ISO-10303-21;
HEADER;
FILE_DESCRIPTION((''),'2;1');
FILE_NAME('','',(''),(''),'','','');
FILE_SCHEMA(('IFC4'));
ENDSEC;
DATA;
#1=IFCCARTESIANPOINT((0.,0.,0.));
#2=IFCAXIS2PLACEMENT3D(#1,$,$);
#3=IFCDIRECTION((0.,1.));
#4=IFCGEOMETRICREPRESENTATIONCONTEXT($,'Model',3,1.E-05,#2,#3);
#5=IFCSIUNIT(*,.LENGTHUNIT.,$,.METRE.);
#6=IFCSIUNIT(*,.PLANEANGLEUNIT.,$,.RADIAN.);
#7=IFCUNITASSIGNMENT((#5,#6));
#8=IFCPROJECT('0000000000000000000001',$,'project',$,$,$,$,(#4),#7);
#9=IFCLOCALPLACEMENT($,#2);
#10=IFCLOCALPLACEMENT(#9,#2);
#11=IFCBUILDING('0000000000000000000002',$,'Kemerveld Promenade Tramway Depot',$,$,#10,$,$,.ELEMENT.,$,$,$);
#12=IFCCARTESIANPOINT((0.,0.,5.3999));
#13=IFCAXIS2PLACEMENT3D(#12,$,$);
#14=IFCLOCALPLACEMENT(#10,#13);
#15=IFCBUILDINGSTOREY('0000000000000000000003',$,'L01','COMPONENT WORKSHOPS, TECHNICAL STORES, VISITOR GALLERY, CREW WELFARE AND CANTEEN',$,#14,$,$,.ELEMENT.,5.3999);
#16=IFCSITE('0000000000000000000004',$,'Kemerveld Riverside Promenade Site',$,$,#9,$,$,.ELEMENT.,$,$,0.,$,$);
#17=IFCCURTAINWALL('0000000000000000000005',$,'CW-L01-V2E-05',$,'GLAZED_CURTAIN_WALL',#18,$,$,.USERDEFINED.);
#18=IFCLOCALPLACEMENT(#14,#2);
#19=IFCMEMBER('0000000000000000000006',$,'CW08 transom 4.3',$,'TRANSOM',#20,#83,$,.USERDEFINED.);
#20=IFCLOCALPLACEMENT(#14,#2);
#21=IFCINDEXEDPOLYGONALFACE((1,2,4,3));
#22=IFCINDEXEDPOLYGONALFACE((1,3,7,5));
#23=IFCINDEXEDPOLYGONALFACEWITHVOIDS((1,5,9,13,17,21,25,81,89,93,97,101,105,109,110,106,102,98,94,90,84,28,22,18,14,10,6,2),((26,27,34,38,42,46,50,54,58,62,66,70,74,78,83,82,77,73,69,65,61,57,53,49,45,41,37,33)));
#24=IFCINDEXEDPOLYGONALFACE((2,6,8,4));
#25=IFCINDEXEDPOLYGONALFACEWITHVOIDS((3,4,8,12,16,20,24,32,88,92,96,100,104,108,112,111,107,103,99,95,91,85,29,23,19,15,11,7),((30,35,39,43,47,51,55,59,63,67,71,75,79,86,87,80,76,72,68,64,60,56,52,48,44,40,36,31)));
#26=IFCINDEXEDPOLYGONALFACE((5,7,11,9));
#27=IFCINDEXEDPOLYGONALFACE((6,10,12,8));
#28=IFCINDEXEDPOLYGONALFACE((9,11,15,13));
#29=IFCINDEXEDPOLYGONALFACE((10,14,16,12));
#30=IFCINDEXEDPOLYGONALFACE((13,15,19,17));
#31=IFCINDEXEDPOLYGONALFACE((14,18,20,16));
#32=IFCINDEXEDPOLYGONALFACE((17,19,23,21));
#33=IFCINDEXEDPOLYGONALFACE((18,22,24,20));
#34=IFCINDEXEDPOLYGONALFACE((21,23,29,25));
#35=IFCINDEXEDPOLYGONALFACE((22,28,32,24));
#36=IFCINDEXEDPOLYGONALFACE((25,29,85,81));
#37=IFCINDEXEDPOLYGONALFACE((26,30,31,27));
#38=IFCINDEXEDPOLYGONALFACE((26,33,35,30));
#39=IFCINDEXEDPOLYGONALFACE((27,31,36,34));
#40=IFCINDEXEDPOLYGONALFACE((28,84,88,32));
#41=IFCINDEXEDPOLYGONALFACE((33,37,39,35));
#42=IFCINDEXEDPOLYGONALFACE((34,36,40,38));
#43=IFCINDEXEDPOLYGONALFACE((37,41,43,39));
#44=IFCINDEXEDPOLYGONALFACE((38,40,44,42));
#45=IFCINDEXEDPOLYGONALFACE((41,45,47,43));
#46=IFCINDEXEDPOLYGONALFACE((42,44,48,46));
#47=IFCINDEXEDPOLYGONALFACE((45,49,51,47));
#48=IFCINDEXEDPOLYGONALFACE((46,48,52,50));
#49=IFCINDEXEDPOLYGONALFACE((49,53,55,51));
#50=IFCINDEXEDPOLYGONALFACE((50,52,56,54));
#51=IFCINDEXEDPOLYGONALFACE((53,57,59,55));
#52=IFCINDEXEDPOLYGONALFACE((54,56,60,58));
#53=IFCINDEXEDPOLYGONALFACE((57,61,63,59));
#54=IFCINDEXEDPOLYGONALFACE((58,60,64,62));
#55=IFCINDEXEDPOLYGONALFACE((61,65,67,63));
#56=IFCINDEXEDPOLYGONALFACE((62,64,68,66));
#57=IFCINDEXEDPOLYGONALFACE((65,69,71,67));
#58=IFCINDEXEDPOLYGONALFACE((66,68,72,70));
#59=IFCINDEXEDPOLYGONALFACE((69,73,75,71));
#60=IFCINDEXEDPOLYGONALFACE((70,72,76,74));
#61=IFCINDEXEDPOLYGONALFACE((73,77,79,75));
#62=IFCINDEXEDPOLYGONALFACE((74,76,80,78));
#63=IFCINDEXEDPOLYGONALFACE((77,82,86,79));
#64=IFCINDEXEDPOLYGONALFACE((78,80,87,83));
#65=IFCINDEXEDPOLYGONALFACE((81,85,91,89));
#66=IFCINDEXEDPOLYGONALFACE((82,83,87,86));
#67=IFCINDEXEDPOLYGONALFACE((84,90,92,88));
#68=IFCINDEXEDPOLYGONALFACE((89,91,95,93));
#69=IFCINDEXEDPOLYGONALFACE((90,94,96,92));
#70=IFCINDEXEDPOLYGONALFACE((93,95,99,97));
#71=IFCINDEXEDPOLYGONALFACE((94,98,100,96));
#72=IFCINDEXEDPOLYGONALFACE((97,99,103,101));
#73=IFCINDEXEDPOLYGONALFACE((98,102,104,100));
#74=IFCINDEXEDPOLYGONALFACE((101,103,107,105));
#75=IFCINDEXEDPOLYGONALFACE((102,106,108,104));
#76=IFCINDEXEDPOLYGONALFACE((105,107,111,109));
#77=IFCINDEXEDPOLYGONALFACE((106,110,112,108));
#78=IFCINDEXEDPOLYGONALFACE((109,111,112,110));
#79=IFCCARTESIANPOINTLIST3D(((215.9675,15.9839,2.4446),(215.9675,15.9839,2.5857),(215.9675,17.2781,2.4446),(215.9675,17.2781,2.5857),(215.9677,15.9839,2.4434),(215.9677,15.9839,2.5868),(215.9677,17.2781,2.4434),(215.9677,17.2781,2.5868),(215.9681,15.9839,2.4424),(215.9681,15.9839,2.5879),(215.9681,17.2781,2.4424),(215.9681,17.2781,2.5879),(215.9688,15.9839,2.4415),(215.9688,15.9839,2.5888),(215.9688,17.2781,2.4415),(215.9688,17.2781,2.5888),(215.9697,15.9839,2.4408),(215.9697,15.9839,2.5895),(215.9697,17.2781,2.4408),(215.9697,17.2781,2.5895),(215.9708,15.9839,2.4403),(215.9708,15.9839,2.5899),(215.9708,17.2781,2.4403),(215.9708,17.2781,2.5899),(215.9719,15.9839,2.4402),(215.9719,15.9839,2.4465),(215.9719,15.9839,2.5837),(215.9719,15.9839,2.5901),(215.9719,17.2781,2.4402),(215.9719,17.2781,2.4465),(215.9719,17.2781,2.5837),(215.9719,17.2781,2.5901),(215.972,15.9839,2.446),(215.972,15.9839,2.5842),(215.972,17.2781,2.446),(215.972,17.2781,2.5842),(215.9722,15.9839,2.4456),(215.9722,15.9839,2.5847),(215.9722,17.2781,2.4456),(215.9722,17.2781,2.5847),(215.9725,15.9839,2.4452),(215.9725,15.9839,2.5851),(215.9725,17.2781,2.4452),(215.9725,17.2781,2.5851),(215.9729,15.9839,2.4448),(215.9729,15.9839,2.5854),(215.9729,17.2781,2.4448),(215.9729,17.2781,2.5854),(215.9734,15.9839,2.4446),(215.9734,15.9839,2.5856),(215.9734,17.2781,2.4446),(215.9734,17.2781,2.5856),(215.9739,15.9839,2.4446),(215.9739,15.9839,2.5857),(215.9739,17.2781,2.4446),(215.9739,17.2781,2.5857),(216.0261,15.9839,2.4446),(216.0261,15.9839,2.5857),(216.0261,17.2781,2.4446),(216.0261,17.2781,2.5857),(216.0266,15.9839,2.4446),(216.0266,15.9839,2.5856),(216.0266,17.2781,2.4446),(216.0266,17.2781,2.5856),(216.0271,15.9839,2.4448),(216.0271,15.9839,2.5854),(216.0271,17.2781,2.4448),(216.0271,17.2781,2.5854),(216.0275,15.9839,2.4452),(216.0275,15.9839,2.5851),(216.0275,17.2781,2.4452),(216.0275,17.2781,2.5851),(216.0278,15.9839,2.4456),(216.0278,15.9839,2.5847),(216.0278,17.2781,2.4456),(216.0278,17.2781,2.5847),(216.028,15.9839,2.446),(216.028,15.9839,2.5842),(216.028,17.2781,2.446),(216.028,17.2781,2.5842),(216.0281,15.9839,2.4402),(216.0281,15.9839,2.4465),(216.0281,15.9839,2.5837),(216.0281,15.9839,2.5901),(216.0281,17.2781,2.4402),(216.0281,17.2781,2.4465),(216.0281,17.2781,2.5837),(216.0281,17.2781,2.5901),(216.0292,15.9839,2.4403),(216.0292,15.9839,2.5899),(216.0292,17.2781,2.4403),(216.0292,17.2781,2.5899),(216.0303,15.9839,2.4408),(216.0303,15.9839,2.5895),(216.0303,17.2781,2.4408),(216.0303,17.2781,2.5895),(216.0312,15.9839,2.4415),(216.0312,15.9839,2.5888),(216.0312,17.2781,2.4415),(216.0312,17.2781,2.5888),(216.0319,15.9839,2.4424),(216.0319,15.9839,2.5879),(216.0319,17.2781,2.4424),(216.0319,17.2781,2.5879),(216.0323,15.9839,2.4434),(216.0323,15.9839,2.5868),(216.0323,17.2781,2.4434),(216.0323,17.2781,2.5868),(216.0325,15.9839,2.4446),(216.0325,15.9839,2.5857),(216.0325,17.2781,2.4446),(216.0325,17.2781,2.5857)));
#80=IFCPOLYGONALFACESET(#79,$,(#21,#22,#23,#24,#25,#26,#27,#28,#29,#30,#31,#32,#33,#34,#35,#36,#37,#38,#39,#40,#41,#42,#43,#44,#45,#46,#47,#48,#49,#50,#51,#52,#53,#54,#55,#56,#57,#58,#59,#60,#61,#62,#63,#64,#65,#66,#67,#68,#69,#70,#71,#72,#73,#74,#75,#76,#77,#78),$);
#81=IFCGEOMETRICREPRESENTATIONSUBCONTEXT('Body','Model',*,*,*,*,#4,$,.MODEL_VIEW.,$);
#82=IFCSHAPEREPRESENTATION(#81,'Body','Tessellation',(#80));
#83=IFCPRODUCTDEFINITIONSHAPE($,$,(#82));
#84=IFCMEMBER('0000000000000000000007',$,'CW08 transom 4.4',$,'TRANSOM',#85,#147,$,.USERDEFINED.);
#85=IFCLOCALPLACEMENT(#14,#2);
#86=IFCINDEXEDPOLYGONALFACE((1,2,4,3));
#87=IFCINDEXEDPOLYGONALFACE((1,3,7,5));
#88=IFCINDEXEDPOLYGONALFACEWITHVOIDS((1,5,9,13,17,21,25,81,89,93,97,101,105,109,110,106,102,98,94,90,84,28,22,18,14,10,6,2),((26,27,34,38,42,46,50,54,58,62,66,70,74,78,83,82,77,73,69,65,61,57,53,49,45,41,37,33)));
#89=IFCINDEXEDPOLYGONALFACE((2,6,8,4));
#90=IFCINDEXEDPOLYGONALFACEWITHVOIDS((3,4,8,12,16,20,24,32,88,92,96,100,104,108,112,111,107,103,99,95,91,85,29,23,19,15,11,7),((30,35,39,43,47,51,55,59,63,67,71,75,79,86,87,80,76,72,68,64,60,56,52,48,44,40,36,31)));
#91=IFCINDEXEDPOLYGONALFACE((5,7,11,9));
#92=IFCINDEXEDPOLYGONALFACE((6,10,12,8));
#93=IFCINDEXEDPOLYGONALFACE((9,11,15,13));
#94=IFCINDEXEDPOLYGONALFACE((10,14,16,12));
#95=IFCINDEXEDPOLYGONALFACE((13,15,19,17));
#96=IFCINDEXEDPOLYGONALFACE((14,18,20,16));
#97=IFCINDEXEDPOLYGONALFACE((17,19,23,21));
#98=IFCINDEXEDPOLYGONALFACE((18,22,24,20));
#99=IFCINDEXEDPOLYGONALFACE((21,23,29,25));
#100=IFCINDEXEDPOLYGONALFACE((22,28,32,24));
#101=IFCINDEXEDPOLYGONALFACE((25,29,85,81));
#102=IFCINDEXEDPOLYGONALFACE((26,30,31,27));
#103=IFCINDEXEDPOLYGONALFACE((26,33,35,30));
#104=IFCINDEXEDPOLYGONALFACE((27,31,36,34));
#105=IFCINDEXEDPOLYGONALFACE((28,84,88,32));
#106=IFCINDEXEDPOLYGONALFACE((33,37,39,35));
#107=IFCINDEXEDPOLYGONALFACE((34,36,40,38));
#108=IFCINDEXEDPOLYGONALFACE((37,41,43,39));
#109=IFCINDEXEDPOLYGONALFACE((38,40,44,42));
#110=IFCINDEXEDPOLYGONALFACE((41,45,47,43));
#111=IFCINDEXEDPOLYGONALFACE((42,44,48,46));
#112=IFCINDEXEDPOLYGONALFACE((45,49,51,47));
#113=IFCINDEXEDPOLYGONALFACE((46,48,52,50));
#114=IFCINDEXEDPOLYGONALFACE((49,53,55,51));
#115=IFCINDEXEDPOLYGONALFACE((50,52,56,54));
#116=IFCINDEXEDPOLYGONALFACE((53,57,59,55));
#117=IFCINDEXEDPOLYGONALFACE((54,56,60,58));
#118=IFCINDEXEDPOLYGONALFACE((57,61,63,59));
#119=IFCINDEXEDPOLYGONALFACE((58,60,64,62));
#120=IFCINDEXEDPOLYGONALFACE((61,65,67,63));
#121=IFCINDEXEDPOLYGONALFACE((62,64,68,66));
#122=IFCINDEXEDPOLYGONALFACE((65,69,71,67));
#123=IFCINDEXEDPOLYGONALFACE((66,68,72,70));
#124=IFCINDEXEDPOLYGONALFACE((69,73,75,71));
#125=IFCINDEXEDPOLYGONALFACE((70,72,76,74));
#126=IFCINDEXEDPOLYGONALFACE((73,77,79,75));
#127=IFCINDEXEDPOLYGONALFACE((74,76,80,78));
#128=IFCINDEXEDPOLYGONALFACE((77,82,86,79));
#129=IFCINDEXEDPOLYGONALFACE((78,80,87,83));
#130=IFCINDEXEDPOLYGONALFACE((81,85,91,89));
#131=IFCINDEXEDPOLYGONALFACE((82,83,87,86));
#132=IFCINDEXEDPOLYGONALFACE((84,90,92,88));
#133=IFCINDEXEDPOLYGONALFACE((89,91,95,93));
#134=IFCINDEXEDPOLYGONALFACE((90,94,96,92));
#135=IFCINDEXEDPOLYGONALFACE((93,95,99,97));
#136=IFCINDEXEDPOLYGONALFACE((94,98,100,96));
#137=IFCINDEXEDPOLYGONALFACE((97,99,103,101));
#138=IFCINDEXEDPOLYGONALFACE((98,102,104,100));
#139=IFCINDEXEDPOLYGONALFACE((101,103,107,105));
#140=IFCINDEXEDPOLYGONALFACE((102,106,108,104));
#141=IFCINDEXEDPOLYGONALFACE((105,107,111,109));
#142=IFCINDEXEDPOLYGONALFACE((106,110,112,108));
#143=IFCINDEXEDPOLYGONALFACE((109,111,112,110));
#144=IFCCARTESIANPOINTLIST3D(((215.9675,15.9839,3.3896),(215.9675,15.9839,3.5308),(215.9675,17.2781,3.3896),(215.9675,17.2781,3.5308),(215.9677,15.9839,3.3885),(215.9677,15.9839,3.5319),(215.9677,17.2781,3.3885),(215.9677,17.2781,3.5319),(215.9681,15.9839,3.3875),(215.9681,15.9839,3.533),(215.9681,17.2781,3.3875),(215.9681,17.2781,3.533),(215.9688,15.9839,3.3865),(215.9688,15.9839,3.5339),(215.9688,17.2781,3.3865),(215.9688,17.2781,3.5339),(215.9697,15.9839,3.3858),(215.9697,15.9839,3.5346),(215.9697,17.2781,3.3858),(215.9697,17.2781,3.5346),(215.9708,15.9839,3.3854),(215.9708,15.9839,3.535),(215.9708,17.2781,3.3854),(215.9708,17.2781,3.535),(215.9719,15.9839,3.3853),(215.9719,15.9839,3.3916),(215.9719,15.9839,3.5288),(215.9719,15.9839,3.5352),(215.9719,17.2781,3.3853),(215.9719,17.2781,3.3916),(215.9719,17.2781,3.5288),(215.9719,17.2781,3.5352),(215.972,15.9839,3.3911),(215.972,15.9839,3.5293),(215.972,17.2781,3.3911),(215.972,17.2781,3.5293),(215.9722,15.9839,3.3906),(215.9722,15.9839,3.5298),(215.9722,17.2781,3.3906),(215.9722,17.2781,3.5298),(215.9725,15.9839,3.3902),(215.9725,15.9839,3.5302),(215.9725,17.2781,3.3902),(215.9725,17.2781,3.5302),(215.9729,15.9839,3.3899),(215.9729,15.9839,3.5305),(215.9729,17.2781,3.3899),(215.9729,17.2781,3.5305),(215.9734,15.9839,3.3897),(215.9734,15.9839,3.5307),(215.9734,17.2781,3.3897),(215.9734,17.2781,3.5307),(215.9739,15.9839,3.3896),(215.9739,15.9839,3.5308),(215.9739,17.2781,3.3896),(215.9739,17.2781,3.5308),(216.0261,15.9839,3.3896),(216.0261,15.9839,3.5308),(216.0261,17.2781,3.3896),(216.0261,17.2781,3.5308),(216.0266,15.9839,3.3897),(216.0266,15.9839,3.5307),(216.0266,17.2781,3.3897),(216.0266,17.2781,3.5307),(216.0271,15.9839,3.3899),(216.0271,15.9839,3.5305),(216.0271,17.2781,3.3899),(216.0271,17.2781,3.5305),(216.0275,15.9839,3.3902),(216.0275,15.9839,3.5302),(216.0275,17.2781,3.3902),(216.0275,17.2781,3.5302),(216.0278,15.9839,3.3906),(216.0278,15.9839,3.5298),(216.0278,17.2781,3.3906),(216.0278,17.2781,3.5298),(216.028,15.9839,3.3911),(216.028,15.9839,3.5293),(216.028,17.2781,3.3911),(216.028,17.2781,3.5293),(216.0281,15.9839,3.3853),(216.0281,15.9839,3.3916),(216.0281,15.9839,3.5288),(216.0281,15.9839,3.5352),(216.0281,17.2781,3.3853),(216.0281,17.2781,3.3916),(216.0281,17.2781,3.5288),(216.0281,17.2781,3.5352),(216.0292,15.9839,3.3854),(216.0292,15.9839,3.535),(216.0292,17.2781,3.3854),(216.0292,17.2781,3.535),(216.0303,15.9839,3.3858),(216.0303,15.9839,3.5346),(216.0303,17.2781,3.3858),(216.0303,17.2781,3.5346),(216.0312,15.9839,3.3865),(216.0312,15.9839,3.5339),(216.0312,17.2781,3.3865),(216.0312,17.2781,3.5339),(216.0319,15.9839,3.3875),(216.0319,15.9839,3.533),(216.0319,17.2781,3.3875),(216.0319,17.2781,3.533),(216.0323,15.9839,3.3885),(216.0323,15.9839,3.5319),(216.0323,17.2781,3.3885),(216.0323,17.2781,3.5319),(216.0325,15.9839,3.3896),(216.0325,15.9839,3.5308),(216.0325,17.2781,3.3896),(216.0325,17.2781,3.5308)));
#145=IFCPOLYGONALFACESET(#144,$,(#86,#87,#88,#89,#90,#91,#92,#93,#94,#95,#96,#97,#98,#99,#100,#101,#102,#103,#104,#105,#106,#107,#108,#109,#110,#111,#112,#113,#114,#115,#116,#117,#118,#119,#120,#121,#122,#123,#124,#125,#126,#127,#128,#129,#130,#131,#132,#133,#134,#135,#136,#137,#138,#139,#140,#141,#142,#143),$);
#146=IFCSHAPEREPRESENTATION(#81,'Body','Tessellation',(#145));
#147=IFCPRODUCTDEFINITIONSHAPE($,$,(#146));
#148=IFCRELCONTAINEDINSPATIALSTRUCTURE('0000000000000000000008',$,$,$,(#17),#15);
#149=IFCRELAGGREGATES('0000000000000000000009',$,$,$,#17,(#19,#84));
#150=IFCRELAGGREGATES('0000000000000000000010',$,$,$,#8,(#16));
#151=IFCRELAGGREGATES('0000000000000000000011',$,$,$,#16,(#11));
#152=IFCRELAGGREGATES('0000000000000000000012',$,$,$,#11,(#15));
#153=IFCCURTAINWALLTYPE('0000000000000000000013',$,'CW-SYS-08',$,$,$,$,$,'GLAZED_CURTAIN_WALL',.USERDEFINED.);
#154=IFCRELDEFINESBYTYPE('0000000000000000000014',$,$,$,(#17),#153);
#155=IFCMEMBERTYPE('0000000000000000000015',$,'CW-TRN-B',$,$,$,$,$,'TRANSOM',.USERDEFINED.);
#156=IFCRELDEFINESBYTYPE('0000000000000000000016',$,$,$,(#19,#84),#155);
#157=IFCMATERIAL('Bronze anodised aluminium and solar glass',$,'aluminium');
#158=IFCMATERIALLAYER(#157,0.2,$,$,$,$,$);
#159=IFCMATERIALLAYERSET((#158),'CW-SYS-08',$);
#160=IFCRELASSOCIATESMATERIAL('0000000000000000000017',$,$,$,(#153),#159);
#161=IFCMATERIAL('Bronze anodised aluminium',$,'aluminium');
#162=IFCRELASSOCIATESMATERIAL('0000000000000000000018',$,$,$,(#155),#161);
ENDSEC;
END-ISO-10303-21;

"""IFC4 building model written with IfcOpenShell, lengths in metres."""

from ifc_helpers import new_model, si_unit, direction, frame, origin, origin_2d, place, context, subcontext, project, spatial, hollow_rectangle, extrude, material, layer, layer_set, material_profile, profile_set, type_object, element, aggregate, save


model = new_model("IFC4")

# Units and contexts
model_context = context("Model", 3, precision=1e-05, world=origin(), true_north=direction((0.0, 1.0)))
body_context = subcontext(model_context, "Body", "Model", "MODEL_VIEW")
ifc_project = project(units=[si_unit("LENGTHUNIT", "METRE"), si_unit("PLANEANGLEUNIT", "RADIAN")], contexts=[model_context])

# Site, building, storey
site_placement = place(None, origin())
site = spatial("IfcSite", under=ifc_project, at=site_placement, Name="Kemerveld Riverside Promenade Site", CompositionType="ELEMENT", RefElevation=0.0)
building_placement = place(site_placement, origin())
building = spatial("IfcBuilding", under=site, at=building_placement, Name="Kemerveld Promenade Tramway Depot", CompositionType="ELEMENT")
storey_placement = place(building_placement, frame((0.0, 0.0, 5.3999)))
storey = spatial("IfcBuildingStorey", under=building, at=storey_placement, Name="L01", Description="COMPONENT WORKSHOPS, TECHNICAL STORES, VISITOR GALLERY, CREW WELFARE AND CANTEEN", CompositionType="ELEMENT", Elevation=5.3999)

# Curtain wall, members
ifc_material_1 = material(Name="Bronze anodised aluminium and solar glass", Category="aluminium")
ifc_layer_1 = layer(ifc_material_1, 0.2)
ifc_layer_set_1 = layer_set([ifc_layer_1], Name="CW-SYS-08")
curtain_wall_type = type_object("IfcCurtainWallType", Name="CW-SYS-08", ElementType="GLAZED_CURTAIN_WALL", PredefinedType="USERDEFINED", material=ifc_layer_set_1)
curtain_wall_placement = place(storey_placement, origin())
curtain_wall = element("IfcCurtainWall", 1, at=curtain_wall_placement, inside=storey, type_object=curtain_wall_type, Name="CW-L01-V2E-05", ObjectType="GLAZED_CURTAIN_WALL", PredefinedType="USERDEFINED")
ifc_material_2 = material(Name="Bronze anodised aluminium", Category="aluminium")
ifc_material_profile_1 = material_profile(ifc_material_2, hollow_rectangle(XDim=0.0649, YDim=0.1499, WallThickness=0.0044, InnerFilletRadius=0.002, OuterFilletRadius=0.0044, at=origin_2d()), Name="CW-TRN-150x65")
ifc_profile_set_1 = profile_set([ifc_material_profile_1], Name="Bronze anodised aluminium")
member_type_1 = type_object("IfcMemberType", Name="CW-TRN-B", ElementType="TRANSOM", PredefinedType="USERDEFINED", material=ifc_profile_set_1)
member_1_placement = place(storey_placement, frame((216.0, 17.2781, 2.5151), z_axis=(0.0, -1.0, 0.0), x_axis=(1.0, 0.0, 0.0)))
member_1 = element("IfcMember", 2, at=member_1_placement, type_object=member_type_1, Name="CW08 transom 4.3", ObjectType="TRANSOM", PredefinedType="USERDEFINED", context=body_context, shape_type="SweptSolid", body=[
    extrude(hollow_rectangle(XDim=0.0649, YDim=0.1499, WallThickness=0.0044, InnerFilletRadius=0.002, OuterFilletRadius=0.0044, at=origin_2d()), origin(), (0.0, 0.0, 1.0), 1.2942),
])
member_2_placement = place(storey_placement, frame((216.0, 17.2781, 3.4602), z_axis=(0.0, -1.0, 0.0), x_axis=(1.0, 0.0, 0.0)))
member_2 = element("IfcMember", 3, at=member_2_placement, type_object=member_type_1, Name="CW08 transom 4.4", ObjectType="TRANSOM", PredefinedType="USERDEFINED", context=body_context, shape_type="SweptSolid", body=[
    extrude(hollow_rectangle(XDim=0.0649, YDim=0.1499, WallThickness=0.0044, InnerFilletRadius=0.002, OuterFilletRadius=0.0044, at=origin_2d()), origin(), (0.0, 0.0, 1.0), 1.2942),
])
aggregate(curtain_wall, [member_1, member_2])

save(model, "model.ifc")
